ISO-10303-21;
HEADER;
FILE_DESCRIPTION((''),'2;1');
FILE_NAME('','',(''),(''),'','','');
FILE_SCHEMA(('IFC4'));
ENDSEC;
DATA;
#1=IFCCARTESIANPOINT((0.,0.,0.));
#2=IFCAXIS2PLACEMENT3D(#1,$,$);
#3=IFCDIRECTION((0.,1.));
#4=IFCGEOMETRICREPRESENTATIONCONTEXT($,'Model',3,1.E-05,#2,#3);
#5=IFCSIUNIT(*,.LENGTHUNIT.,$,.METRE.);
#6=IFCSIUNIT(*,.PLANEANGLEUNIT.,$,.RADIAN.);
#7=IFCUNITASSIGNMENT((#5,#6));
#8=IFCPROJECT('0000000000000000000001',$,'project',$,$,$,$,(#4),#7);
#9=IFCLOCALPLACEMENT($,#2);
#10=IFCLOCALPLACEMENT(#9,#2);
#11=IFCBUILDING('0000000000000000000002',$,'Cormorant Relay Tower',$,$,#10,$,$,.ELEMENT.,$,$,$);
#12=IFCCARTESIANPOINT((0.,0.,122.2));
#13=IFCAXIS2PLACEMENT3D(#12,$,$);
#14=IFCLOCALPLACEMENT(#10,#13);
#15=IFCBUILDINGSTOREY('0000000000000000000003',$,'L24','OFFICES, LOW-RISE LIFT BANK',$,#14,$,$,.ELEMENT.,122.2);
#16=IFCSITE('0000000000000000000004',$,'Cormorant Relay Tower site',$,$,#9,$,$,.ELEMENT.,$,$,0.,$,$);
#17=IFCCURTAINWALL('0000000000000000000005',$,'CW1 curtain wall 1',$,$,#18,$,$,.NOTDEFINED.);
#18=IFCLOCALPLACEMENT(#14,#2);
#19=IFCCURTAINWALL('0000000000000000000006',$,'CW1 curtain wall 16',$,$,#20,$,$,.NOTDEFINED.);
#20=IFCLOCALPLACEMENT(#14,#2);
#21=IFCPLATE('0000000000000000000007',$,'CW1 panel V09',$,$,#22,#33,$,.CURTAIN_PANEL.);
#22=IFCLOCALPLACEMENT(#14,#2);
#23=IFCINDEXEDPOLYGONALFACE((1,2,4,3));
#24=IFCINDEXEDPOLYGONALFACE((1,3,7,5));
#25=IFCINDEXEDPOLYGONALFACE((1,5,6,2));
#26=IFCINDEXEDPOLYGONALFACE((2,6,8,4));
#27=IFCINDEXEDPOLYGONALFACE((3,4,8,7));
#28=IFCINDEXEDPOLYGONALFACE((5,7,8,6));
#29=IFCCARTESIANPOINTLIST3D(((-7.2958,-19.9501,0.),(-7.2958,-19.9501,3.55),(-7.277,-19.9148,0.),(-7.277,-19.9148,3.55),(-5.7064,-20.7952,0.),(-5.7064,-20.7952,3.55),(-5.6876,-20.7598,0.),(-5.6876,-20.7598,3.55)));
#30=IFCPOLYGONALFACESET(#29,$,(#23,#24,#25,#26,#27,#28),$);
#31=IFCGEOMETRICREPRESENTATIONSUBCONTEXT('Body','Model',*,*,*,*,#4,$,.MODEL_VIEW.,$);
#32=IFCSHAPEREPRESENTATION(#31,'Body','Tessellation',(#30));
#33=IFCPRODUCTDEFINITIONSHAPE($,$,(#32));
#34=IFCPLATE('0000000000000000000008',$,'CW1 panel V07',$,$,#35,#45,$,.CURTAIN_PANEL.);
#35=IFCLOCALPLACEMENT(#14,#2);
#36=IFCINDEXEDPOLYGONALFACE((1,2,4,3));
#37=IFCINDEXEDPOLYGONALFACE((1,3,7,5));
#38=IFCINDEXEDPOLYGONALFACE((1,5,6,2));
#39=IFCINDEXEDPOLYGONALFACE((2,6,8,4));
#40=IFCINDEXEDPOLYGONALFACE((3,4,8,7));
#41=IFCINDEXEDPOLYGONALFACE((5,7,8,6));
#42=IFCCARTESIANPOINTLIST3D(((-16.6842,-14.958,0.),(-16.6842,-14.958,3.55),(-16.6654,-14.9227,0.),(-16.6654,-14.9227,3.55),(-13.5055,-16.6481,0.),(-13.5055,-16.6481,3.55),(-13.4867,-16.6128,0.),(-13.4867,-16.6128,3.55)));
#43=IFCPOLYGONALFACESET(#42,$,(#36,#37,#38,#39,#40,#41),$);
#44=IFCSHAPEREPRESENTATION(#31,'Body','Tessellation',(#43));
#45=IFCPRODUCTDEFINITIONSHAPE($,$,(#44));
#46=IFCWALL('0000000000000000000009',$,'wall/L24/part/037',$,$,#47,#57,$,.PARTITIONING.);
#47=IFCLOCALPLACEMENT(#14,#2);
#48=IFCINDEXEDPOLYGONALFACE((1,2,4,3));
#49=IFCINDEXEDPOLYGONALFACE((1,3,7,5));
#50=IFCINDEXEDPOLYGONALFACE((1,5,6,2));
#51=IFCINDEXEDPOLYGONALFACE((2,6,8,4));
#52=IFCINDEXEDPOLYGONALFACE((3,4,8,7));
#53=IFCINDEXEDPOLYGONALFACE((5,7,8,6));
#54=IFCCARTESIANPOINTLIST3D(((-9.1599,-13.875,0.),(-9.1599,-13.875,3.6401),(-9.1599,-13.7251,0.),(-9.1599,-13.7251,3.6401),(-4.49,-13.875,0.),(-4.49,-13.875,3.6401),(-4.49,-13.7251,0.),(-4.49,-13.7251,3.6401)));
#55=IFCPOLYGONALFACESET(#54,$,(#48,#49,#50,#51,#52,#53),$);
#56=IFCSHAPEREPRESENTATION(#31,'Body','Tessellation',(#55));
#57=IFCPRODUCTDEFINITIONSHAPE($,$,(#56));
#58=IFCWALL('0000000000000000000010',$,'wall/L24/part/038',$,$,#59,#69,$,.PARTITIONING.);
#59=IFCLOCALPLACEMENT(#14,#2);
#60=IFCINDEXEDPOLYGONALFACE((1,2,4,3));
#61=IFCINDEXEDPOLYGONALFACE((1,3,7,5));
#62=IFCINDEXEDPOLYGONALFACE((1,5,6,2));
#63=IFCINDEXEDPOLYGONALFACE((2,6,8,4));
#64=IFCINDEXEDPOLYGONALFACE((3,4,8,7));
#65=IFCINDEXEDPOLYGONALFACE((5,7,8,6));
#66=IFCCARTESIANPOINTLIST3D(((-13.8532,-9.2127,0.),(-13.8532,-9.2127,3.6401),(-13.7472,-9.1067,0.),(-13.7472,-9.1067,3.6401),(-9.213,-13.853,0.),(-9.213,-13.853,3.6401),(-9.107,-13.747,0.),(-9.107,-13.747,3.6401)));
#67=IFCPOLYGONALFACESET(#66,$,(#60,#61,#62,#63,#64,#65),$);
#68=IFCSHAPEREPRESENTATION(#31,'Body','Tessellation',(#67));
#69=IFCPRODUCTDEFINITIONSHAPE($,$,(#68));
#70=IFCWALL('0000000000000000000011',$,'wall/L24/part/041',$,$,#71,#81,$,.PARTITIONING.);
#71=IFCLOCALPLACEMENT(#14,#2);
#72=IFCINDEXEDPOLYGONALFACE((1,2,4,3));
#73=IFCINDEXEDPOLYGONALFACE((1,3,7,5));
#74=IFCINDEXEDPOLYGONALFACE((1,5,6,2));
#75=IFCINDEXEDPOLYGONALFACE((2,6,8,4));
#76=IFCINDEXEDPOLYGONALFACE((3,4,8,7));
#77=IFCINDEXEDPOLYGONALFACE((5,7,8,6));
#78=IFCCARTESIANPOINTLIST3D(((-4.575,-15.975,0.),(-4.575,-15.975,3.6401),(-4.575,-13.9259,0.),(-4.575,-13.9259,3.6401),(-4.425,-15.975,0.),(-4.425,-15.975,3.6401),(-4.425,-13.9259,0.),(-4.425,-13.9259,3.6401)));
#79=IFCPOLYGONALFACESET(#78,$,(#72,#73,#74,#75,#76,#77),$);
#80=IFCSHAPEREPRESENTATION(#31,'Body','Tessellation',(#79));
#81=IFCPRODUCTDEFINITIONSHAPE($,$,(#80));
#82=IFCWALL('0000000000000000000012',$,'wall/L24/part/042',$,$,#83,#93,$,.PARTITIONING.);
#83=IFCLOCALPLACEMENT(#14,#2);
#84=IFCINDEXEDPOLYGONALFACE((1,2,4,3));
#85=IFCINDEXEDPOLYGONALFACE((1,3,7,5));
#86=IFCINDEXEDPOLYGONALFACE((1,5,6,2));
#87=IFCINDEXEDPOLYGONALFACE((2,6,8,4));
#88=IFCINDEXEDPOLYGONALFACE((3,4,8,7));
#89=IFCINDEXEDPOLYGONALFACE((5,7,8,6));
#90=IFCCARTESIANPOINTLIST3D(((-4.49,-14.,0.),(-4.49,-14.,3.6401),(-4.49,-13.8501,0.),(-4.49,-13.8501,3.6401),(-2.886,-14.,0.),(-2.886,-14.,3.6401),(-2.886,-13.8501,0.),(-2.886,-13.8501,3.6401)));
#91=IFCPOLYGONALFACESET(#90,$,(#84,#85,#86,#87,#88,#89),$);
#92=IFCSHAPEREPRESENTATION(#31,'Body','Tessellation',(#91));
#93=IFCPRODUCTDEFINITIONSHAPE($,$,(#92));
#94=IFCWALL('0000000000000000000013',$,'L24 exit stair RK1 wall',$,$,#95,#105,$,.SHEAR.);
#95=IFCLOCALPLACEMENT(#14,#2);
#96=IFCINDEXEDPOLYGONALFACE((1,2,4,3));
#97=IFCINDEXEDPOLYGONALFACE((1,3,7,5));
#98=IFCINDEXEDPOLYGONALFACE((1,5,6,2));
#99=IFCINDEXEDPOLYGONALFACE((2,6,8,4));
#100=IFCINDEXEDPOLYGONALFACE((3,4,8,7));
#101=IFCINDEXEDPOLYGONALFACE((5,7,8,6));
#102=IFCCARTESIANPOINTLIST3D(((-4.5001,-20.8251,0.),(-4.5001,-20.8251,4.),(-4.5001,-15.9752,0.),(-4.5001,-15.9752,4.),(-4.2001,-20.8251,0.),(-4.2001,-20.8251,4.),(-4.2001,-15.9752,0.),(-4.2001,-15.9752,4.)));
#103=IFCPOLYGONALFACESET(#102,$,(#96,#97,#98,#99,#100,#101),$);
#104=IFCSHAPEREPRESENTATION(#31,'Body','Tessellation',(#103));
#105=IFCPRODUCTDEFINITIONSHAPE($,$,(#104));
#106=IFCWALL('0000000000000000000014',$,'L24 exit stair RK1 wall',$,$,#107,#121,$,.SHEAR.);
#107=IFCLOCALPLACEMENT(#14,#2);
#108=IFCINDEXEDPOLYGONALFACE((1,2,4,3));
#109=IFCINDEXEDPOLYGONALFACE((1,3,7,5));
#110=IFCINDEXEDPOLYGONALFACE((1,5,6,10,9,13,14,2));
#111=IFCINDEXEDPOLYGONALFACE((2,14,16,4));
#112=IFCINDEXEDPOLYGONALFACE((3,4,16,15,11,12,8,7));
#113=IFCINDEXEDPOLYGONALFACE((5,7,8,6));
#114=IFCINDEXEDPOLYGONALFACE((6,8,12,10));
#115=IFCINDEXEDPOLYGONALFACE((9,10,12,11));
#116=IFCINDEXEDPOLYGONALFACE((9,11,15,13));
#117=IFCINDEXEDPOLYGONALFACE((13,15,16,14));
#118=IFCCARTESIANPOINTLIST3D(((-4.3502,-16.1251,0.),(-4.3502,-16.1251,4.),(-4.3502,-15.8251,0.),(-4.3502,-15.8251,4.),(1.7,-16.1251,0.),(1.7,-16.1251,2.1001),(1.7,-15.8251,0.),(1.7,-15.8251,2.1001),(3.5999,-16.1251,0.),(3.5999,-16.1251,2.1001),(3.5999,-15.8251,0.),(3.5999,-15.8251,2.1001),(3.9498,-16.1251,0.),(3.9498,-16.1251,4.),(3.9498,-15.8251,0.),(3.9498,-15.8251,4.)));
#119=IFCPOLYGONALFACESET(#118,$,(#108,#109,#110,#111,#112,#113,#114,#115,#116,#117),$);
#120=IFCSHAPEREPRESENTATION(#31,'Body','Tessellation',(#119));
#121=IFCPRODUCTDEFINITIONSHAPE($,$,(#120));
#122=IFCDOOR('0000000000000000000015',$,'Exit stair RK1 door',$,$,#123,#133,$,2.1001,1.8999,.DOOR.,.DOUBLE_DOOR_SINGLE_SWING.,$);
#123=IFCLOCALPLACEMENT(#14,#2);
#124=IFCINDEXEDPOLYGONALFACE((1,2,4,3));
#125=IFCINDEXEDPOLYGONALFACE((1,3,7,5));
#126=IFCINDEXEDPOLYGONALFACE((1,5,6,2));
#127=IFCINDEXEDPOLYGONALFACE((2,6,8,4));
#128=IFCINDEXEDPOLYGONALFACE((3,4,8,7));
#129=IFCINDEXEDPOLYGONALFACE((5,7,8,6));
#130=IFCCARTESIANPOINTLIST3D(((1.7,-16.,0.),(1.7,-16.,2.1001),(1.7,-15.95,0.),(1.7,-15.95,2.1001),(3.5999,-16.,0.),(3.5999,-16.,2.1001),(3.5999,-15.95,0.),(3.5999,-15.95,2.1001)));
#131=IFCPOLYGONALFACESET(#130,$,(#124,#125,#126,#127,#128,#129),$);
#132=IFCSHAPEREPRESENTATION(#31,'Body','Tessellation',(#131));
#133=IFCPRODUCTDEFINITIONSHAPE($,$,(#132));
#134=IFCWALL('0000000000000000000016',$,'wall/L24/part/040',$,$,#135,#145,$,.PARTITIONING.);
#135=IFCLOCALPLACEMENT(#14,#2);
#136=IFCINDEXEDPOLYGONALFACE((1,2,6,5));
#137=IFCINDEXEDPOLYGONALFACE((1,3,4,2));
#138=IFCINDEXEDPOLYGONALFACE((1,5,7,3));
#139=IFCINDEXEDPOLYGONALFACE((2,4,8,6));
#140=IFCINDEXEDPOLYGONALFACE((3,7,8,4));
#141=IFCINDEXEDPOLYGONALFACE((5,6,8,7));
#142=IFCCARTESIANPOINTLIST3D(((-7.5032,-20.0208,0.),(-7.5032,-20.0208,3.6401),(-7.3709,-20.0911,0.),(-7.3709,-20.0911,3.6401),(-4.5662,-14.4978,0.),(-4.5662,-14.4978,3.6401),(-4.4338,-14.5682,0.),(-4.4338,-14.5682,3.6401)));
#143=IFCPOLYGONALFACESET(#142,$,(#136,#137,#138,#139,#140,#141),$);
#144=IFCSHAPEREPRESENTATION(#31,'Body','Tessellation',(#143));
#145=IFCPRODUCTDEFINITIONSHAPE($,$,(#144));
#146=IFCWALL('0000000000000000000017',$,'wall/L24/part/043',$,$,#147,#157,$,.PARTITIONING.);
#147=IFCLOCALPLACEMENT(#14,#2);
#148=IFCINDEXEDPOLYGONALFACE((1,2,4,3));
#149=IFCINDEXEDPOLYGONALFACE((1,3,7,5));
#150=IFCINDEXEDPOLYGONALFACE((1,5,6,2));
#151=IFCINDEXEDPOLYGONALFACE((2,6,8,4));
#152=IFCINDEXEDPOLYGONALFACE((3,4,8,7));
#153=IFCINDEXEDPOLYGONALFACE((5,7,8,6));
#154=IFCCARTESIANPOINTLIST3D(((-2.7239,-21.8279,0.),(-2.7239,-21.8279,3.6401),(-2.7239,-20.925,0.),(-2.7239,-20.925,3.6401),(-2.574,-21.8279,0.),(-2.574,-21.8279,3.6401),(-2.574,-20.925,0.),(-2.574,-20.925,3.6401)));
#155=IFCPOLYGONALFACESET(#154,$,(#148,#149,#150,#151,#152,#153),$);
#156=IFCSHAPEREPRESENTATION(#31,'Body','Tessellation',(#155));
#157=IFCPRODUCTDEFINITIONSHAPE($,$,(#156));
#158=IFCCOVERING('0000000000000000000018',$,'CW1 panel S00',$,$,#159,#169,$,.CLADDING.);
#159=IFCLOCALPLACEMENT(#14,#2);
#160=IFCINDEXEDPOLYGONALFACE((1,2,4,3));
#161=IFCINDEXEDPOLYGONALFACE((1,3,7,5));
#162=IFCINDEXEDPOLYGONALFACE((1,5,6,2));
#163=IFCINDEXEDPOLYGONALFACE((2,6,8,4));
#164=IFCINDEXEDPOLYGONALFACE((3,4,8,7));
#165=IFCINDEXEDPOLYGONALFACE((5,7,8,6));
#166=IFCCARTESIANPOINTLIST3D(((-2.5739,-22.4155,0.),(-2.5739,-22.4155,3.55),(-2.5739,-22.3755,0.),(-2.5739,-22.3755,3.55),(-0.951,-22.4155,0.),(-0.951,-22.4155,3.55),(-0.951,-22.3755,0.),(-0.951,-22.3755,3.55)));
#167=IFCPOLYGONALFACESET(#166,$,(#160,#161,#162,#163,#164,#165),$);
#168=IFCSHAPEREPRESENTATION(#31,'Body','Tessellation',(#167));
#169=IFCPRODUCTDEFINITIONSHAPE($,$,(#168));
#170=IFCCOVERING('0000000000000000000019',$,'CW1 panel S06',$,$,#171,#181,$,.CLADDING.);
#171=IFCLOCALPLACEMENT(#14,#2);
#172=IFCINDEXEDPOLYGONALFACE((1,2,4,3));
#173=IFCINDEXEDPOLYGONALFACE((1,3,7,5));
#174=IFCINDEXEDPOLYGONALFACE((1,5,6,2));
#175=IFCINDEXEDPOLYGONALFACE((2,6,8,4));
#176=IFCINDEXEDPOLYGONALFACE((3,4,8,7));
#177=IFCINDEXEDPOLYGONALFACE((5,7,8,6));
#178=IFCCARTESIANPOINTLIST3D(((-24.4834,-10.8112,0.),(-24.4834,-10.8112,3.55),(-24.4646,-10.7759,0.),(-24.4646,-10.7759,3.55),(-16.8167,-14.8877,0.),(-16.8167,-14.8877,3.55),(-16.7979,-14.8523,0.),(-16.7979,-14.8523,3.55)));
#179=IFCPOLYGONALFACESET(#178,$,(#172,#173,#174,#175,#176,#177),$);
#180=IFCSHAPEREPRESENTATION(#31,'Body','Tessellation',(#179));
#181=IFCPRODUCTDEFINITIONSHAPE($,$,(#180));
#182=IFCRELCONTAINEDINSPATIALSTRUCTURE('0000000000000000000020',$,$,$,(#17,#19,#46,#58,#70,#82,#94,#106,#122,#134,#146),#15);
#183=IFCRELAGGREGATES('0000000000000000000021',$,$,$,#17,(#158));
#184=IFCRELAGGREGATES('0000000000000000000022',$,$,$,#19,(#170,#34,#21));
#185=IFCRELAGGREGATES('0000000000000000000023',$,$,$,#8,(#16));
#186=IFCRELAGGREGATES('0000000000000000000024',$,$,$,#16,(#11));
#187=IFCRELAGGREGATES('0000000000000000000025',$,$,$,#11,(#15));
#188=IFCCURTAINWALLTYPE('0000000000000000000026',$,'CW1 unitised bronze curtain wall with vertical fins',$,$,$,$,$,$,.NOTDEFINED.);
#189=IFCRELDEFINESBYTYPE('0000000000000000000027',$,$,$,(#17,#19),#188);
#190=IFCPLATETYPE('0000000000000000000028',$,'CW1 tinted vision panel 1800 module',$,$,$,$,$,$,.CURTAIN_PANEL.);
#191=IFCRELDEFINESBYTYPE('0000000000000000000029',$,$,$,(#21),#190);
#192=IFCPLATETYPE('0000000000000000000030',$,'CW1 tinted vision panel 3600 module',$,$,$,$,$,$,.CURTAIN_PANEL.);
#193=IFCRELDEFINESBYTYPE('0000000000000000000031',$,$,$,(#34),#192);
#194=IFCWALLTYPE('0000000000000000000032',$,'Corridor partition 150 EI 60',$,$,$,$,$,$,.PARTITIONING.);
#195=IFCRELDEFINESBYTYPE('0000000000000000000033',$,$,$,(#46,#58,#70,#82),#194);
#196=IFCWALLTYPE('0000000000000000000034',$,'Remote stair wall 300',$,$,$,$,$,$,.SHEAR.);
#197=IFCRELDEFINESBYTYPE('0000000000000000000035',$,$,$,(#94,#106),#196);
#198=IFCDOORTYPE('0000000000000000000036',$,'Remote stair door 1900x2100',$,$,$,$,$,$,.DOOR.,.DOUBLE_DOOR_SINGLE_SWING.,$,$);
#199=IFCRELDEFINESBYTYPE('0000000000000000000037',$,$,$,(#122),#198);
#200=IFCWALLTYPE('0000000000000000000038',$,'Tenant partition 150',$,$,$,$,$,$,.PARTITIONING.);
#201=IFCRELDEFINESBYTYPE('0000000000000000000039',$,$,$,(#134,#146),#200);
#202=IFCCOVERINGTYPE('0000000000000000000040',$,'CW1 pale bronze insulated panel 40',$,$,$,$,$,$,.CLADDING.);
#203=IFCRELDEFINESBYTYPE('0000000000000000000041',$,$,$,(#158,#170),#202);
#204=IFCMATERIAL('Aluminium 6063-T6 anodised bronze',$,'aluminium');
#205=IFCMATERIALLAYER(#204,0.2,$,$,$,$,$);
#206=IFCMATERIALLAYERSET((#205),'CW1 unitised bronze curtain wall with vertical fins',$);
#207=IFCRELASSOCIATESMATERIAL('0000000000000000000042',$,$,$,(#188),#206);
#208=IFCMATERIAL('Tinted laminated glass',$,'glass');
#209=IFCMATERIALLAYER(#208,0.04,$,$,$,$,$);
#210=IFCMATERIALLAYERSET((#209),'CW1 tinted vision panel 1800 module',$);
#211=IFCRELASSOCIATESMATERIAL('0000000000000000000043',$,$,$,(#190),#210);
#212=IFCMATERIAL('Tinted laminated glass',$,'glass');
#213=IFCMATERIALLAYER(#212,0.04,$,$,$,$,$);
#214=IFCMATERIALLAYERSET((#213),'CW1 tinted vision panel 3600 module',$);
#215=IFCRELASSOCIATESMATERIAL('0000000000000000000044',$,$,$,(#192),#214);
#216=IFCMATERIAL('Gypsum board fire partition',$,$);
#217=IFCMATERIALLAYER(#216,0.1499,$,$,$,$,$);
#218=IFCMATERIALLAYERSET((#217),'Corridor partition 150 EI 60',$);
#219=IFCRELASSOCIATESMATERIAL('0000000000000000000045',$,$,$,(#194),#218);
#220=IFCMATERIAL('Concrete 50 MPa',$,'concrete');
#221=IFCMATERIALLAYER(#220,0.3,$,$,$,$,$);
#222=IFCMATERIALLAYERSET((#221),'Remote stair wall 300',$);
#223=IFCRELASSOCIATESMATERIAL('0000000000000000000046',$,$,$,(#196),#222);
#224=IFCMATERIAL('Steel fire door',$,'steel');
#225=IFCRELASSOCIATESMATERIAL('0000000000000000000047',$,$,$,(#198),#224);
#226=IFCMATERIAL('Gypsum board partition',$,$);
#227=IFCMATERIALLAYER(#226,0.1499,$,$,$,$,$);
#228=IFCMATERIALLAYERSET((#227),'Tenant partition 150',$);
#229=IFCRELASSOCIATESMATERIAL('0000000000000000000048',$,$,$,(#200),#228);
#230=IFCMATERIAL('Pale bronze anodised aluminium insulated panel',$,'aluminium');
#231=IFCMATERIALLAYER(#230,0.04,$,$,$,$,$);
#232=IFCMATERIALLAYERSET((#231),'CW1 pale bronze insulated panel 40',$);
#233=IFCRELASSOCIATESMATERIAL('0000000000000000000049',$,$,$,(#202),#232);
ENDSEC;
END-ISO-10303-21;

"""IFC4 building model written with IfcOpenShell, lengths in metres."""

from ifc_helpers import new_model, si_unit, direction, frame, frame_2d, origin, origin_2d, place, context, subcontext, project, spatial, rectangle, extrude, material, layer, layer_set, type_object, element, fill, aggregate, save


model = new_model("IFC4")

# Units and contexts
model_context = context("Model", 3, precision=1e-05, world=origin(), true_north=direction((0.0, 1.0)))
body_context = subcontext(model_context, "Body", "Model", "MODEL_VIEW")
ifc_project = project(units=[si_unit("LENGTHUNIT", "METRE"), si_unit("PLANEANGLEUNIT", "RADIAN")], contexts=[model_context])

# Site, building, storey
site_placement = place(None, origin())
site = spatial("IfcSite", under=ifc_project, at=site_placement, Name="Cormorant Relay Tower site", CompositionType="ELEMENT", RefElevation=0.0)
building_placement = place(site_placement, origin())
building = spatial("IfcBuilding", under=site, at=building_placement, Name="Cormorant Relay Tower", CompositionType="ELEMENT")
storey_placement = place(building_placement, frame((0.0, 0.0, 122.2)))
storey = spatial("IfcBuildingStorey", under=building, at=storey_placement, Name="L24", Description="OFFICES, LOW-RISE LIFT BANK", CompositionType="ELEMENT", Elevation=122.2)

# Curtain wall
ifc_material_1 = material(Name="Aluminium 6063-T6 anodised bronze", Category="aluminium")
ifc_layer_1 = layer(ifc_material_1, 0.2)
ifc_layer_set_1 = layer_set([ifc_layer_1], Name="CW1 unitised bronze curtain wall with vertical fins")
curtain_wall_type = type_object("IfcCurtainWallType", Name="CW1 unitised bronze curtain wall with vertical fins", PredefinedType="NOTDEFINED", material=ifc_layer_set_1)
curtain_wall_1_placement = place(storey_placement, origin())
curtain_wall_1 = element("IfcCurtainWall", 1, at=curtain_wall_1_placement, inside=storey, type_object=curtain_wall_type, Name="CW1 curtain wall 1", PredefinedType="NOTDEFINED")

# Curtain wall
curtain_wall_2_placement = place(storey_placement, origin())
curtain_wall_2 = element("IfcCurtainWall", 2, at=curtain_wall_2_placement, inside=storey, type_object=curtain_wall_type, Name="CW1 curtain wall 16", PredefinedType="NOTDEFINED")

# Plates
ifc_material_2 = material(Name="Tinted laminated glass", Category="glass")
ifc_layer_2 = layer(ifc_material_2, 0.04)
ifc_layer_set_2 = layer_set([ifc_layer_2], Name="CW1 tinted vision panel 1800 module")
plate_type_1 = type_object("IfcPlateType", Name="CW1 tinted vision panel 1800 module", PredefinedType="CURTAIN_PANEL", material=ifc_layer_set_2)
plate_1_placement = place(storey_placement, frame((-6.4917, -20.355, 0.0), z_axis=(0.0, 0.0, 1.0), x_axis=(0.882948, -0.469472, 0.0)))
plate_1 = element("IfcPlate", 3, at=plate_1_placement, type_object=plate_type_1, Name="CW1 panel V09", PredefinedType="CURTAIN_PANEL", context=body_context, shape_type="SweptSolid", body=[
    extrude(rectangle(XDim=1.8, YDim=0.04, at=origin_2d()), origin(), (0.0, 0.0, 1.0), 3.55),
])
ifc_material_3 = material(Name="Tinted laminated glass", Category="glass")
ifc_layer_3 = layer(ifc_material_3, 0.04)
ifc_layer_set_3 = layer_set([ifc_layer_3], Name="CW1 tinted vision panel 3600 module")
plate_type_2 = type_object("IfcPlateType", Name="CW1 tinted vision panel 3600 module", PredefinedType="CURTAIN_PANEL", material=ifc_layer_set_3)
plate_2_placement = place(storey_placement, frame((-15.0854, -15.7854, 0.0), z_axis=(0.0, 0.0, 1.0), x_axis=(0.882948, -0.469472, 0.0)))
plate_2 = element("IfcPlate", 4, at=plate_2_placement, type_object=plate_type_2, Name="CW1 panel V07", PredefinedType="CURTAIN_PANEL", context=body_context, shape_type="SweptSolid", body=[
    extrude(rectangle(XDim=3.6001, YDim=0.04, at=origin_2d()), origin(), (0.0, 0.0, 1.0), 3.55),
])

# Walls
ifc_material_4 = material(Name="Gypsum board fire partition")
ifc_layer_4 = layer(ifc_material_4, 0.1499)
ifc_layer_set_4 = layer_set([ifc_layer_4], Name="Corridor partition 150 EI 60")
wall_type_1 = type_object("IfcWallType", Name="Corridor partition 150 EI 60", PredefinedType="PARTITIONING", material=ifc_layer_set_4)
wall_1_placement = place(storey_placement, frame((-4.49, -13.8, 0.0), z_axis=(0.0, 0.0, 1.0), x_axis=(-1.0, 0.0, 0.0)))
element("IfcWall", 5, at=wall_1_placement, inside=storey, type_object=wall_type_1, Name="wall/L24/part/037", PredefinedType="PARTITIONING", context=body_context, shape_type="SweptSolid", body=[
    extrude(rectangle(XDim=4.6699, YDim=0.1499, at=frame_2d((2.335, 0.0))), origin(), (0.0, 0.0, 1.0), 3.6401),
])
wall_2_placement = place(storey_placement, frame((-9.1599, -13.8, 0.0), z_axis=(0.0, 0.0, 1.0), x_axis=(-0.707107, 0.707107, 0.0)))
element("IfcWall", 6, at=wall_2_placement, inside=storey, type_object=wall_type_1, Name="wall/L24/part/038", PredefinedType="PARTITIONING", context=body_context, shape_type="SweptSolid", body=[
    extrude(rectangle(XDim=6.5623, YDim=0.1499, at=frame_2d((3.2812, 0.0))), origin(), (0.0, 0.0, 1.0), 3.6401),
])
wall_3_placement = place(storey_placement, frame((-4.5, -13.926, 0.0), z_axis=(0.0, 0.0, 1.0), x_axis=(0.0, -1.0, 0.0)))
element("IfcWall", 7, at=wall_3_placement, inside=storey, type_object=wall_type_1, Name="wall/L24/part/041", PredefinedType="PARTITIONING", context=body_context, shape_type="SweptSolid", body=[
    extrude(rectangle(XDim=2.0491, YDim=0.1499, at=frame_2d((1.0244, 0.0))), origin(), (0.0, 0.0, 1.0), 3.6401),
])
wall_4_placement = place(storey_placement, frame((-4.49, -13.925, 0.0), z_axis=(0.0, 0.0, 1.0), x_axis=(1.0, 0.0, 0.0)))
element("IfcWall", 8, at=wall_4_placement, inside=storey, type_object=wall_type_1, Name="wall/L24/part/042", PredefinedType="PARTITIONING", context=body_context, shape_type="SweptSolid", body=[
    extrude(rectangle(XDim=1.604, YDim=0.1499, at=frame_2d((0.802, 0.0))), origin(), (0.0, 0.0, 1.0), 3.6401),
])
ifc_material_5 = material(Name="Concrete 50 MPa", Category="concrete")
ifc_layer_5 = layer(ifc_material_5, 0.3)
ifc_layer_set_5 = layer_set([ifc_layer_5], Name="Remote stair wall 300")
wall_type_2 = type_object("IfcWallType", Name="Remote stair wall 300", PredefinedType="SHEAR", material=ifc_layer_set_5)
wall_5_placement = place(storey_placement, frame((-4.3501, -20.825, 0.0), z_axis=(0.0, 0.0, 1.0), x_axis=(0.0, 1.0, 0.0)))
element("IfcWall", 9, at=wall_5_placement, inside=storey, type_object=wall_type_2, Name="L24 exit stair RK1 wall", PredefinedType="SHEAR", context=body_context, shape_type="SweptSolid", body=[
    extrude(rectangle(XDim=4.8499, YDim=0.3, at=frame_2d((2.4248, 0.0))), origin(), (0.0, 0.0, 1.0), 4.0),
])

# Wall, opening, door
wall_6_placement = place(storey_placement, frame((-4.3501, -15.9751, 0.0), z_axis=(0.0, 0.0, 1.0), x_axis=(1.0, 0.0, 0.0)))
wall_6 = element("IfcWall", 10, at=wall_6_placement, inside=storey, type_object=wall_type_2, Name="L24 exit stair RK1 wall", PredefinedType="SHEAR", context=body_context, shape_type="SweptSolid", body=[
    extrude(rectangle(XDim=8.3, YDim=0.3, at=frame_2d((4.1499, 0.0))), origin(), (0.0, 0.0, 1.0), 4.0),
])
opening_placement = place(wall_6_placement, frame((6.05, 0.0, 0.0)))
opening = element("IfcOpeningElement", 11, at=opening_placement, cuts=wall_6, PredefinedType="OPENING", context=body_context, shape_type="SweptSolid", body=[
    extrude(rectangle(XDim=1.8999, YDim=2.1001, at=frame_2d((0.95, 1.05))), frame((0.0, 0.1599, 0.0), z_axis=(0.0, -1.0, 0.0), x_axis=(1.0, 0.0, 0.0)), (0.0, 0.0, 1.0), 0.3201),
])
ifc_material_6 = material(Name="Steel fire door", Category="steel")
door_type = type_object("IfcDoorType", Name="Remote stair door 1900x2100", OperationType="DOUBLE_DOOR_SINGLE_SWING", PredefinedType="DOOR", material=ifc_material_6)
door_placement = place(opening_placement, frame((1.8999, 0.0, 0.0), z_axis=(0.0, 0.0, 1.0), x_axis=(-1.0, 0.0, 0.0)))
door = element("IfcDoor", 12, at=door_placement, inside=storey, type_object=door_type, Name="Exit stair RK1 door", OperationType="DOUBLE_DOOR_SINGLE_SWING", OverallHeight=2.1001, OverallWidth=1.8999, PredefinedType="DOOR", context=body_context, shape_type="SweptSolid", body=[
    extrude(rectangle(XDim=1.8999, YDim=2.1001, at=frame_2d((0.95, 1.05))), frame((0.0, 0.0249, 0.0), z_axis=(0.0, -1.0, 0.0), x_axis=(1.0, 0.0, 0.0)), (0.0, 0.0, 1.0), 0.05),
])
fill(opening, door)

# Walls
ifc_material_7 = material(Name="Gypsum board partition")
ifc_layer_6 = layer(ifc_material_7, 0.1499)
ifc_layer_set_6 = layer_set([ifc_layer_6], Name="Tenant partition 150")
wall_type_3 = type_object("IfcWallType", Name="Tenant partition 150", PredefinedType="PARTITIONING", material=ifc_layer_set_6)
wall_7_placement = place(storey_placement, frame((-4.5, -14.533, 0.0), z_axis=(0.0, 0.0, 1.0), x_axis=(-0.469522, -0.882921, 0.0)))
element("IfcWall", 13, at=wall_7_placement, inside=storey, type_object=wall_type_3, Name="wall/L24/part/040", PredefinedType="PARTITIONING", context=body_context, shape_type="SweptSolid", body=[
    extrude(rectangle(XDim=6.2554, YDim=0.1499, at=frame_2d((3.1277, 0.0))), origin(), (0.0, 0.0, 1.0), 3.6401),
])
wall_8_placement = place(storey_placement, frame((-2.6489, -21.8279, 0.0), z_axis=(0.0, 0.0, 1.0), x_axis=(0.0, 1.0, 0.0)))
element("IfcWall", 14, at=wall_8_placement, inside=storey, type_object=wall_type_3, Name="wall/L24/part/043", PredefinedType="PARTITIONING", context=body_context, shape_type="SweptSolid", body=[
    extrude(rectangle(XDim=0.9028, YDim=0.1499, at=frame_2d((0.4514, 0.0))), origin(), (0.0, 0.0, 1.0), 3.6401),
])

# Coverings
ifc_material_8 = material(Name="Pale bronze anodised aluminium insulated panel", Category="aluminium")
ifc_layer_7 = layer(ifc_material_8, 0.04)
ifc_layer_set_7 = layer_set([ifc_layer_7], Name="CW1 pale bronze insulated panel 40")
covering_type = type_object("IfcCoveringType", Name="CW1 pale bronze insulated panel 40", PredefinedType="CLADDING", material=ifc_layer_set_7)
covering_1_placement = place(storey_placement, frame((-1.7625, -22.3955, 0.0), z_axis=(0.0, 0.0, 1.0), x_axis=(1.0, 0.0, 0.0)))
covering_1 = element("IfcCovering", 15, at=covering_1_placement, type_object=covering_type, Name="CW1 panel S00", PredefinedType="CLADDING", context=body_context, shape_type="SweptSolid", body=[
    extrude(rectangle(XDim=1.6228, YDim=0.04, at=origin_2d()), origin(), (0.0, 0.0, 1.0), 3.55),
])
aggregate(curtain_wall_1, [covering_1])
covering_2_placement = place(storey_placement, frame((-20.6406, -12.8318, 0.0), z_axis=(0.0, 0.0, 1.0), x_axis=(0.882948, -0.469472, 0.0)))
covering_2 = element("IfcCovering", 16, at=covering_2_placement, type_object=covering_type, Name="CW1 panel S06", PredefinedType="CLADDING", context=body_context, shape_type="SweptSolid", body=[
    extrude(rectangle(XDim=8.6831, YDim=0.04, at=origin_2d()), origin(), (0.0, 0.0, 1.0), 3.55),
])
aggregate(curtain_wall_2, [covering_2, plate_2, plate_1])

save(model, "model.ifc")
